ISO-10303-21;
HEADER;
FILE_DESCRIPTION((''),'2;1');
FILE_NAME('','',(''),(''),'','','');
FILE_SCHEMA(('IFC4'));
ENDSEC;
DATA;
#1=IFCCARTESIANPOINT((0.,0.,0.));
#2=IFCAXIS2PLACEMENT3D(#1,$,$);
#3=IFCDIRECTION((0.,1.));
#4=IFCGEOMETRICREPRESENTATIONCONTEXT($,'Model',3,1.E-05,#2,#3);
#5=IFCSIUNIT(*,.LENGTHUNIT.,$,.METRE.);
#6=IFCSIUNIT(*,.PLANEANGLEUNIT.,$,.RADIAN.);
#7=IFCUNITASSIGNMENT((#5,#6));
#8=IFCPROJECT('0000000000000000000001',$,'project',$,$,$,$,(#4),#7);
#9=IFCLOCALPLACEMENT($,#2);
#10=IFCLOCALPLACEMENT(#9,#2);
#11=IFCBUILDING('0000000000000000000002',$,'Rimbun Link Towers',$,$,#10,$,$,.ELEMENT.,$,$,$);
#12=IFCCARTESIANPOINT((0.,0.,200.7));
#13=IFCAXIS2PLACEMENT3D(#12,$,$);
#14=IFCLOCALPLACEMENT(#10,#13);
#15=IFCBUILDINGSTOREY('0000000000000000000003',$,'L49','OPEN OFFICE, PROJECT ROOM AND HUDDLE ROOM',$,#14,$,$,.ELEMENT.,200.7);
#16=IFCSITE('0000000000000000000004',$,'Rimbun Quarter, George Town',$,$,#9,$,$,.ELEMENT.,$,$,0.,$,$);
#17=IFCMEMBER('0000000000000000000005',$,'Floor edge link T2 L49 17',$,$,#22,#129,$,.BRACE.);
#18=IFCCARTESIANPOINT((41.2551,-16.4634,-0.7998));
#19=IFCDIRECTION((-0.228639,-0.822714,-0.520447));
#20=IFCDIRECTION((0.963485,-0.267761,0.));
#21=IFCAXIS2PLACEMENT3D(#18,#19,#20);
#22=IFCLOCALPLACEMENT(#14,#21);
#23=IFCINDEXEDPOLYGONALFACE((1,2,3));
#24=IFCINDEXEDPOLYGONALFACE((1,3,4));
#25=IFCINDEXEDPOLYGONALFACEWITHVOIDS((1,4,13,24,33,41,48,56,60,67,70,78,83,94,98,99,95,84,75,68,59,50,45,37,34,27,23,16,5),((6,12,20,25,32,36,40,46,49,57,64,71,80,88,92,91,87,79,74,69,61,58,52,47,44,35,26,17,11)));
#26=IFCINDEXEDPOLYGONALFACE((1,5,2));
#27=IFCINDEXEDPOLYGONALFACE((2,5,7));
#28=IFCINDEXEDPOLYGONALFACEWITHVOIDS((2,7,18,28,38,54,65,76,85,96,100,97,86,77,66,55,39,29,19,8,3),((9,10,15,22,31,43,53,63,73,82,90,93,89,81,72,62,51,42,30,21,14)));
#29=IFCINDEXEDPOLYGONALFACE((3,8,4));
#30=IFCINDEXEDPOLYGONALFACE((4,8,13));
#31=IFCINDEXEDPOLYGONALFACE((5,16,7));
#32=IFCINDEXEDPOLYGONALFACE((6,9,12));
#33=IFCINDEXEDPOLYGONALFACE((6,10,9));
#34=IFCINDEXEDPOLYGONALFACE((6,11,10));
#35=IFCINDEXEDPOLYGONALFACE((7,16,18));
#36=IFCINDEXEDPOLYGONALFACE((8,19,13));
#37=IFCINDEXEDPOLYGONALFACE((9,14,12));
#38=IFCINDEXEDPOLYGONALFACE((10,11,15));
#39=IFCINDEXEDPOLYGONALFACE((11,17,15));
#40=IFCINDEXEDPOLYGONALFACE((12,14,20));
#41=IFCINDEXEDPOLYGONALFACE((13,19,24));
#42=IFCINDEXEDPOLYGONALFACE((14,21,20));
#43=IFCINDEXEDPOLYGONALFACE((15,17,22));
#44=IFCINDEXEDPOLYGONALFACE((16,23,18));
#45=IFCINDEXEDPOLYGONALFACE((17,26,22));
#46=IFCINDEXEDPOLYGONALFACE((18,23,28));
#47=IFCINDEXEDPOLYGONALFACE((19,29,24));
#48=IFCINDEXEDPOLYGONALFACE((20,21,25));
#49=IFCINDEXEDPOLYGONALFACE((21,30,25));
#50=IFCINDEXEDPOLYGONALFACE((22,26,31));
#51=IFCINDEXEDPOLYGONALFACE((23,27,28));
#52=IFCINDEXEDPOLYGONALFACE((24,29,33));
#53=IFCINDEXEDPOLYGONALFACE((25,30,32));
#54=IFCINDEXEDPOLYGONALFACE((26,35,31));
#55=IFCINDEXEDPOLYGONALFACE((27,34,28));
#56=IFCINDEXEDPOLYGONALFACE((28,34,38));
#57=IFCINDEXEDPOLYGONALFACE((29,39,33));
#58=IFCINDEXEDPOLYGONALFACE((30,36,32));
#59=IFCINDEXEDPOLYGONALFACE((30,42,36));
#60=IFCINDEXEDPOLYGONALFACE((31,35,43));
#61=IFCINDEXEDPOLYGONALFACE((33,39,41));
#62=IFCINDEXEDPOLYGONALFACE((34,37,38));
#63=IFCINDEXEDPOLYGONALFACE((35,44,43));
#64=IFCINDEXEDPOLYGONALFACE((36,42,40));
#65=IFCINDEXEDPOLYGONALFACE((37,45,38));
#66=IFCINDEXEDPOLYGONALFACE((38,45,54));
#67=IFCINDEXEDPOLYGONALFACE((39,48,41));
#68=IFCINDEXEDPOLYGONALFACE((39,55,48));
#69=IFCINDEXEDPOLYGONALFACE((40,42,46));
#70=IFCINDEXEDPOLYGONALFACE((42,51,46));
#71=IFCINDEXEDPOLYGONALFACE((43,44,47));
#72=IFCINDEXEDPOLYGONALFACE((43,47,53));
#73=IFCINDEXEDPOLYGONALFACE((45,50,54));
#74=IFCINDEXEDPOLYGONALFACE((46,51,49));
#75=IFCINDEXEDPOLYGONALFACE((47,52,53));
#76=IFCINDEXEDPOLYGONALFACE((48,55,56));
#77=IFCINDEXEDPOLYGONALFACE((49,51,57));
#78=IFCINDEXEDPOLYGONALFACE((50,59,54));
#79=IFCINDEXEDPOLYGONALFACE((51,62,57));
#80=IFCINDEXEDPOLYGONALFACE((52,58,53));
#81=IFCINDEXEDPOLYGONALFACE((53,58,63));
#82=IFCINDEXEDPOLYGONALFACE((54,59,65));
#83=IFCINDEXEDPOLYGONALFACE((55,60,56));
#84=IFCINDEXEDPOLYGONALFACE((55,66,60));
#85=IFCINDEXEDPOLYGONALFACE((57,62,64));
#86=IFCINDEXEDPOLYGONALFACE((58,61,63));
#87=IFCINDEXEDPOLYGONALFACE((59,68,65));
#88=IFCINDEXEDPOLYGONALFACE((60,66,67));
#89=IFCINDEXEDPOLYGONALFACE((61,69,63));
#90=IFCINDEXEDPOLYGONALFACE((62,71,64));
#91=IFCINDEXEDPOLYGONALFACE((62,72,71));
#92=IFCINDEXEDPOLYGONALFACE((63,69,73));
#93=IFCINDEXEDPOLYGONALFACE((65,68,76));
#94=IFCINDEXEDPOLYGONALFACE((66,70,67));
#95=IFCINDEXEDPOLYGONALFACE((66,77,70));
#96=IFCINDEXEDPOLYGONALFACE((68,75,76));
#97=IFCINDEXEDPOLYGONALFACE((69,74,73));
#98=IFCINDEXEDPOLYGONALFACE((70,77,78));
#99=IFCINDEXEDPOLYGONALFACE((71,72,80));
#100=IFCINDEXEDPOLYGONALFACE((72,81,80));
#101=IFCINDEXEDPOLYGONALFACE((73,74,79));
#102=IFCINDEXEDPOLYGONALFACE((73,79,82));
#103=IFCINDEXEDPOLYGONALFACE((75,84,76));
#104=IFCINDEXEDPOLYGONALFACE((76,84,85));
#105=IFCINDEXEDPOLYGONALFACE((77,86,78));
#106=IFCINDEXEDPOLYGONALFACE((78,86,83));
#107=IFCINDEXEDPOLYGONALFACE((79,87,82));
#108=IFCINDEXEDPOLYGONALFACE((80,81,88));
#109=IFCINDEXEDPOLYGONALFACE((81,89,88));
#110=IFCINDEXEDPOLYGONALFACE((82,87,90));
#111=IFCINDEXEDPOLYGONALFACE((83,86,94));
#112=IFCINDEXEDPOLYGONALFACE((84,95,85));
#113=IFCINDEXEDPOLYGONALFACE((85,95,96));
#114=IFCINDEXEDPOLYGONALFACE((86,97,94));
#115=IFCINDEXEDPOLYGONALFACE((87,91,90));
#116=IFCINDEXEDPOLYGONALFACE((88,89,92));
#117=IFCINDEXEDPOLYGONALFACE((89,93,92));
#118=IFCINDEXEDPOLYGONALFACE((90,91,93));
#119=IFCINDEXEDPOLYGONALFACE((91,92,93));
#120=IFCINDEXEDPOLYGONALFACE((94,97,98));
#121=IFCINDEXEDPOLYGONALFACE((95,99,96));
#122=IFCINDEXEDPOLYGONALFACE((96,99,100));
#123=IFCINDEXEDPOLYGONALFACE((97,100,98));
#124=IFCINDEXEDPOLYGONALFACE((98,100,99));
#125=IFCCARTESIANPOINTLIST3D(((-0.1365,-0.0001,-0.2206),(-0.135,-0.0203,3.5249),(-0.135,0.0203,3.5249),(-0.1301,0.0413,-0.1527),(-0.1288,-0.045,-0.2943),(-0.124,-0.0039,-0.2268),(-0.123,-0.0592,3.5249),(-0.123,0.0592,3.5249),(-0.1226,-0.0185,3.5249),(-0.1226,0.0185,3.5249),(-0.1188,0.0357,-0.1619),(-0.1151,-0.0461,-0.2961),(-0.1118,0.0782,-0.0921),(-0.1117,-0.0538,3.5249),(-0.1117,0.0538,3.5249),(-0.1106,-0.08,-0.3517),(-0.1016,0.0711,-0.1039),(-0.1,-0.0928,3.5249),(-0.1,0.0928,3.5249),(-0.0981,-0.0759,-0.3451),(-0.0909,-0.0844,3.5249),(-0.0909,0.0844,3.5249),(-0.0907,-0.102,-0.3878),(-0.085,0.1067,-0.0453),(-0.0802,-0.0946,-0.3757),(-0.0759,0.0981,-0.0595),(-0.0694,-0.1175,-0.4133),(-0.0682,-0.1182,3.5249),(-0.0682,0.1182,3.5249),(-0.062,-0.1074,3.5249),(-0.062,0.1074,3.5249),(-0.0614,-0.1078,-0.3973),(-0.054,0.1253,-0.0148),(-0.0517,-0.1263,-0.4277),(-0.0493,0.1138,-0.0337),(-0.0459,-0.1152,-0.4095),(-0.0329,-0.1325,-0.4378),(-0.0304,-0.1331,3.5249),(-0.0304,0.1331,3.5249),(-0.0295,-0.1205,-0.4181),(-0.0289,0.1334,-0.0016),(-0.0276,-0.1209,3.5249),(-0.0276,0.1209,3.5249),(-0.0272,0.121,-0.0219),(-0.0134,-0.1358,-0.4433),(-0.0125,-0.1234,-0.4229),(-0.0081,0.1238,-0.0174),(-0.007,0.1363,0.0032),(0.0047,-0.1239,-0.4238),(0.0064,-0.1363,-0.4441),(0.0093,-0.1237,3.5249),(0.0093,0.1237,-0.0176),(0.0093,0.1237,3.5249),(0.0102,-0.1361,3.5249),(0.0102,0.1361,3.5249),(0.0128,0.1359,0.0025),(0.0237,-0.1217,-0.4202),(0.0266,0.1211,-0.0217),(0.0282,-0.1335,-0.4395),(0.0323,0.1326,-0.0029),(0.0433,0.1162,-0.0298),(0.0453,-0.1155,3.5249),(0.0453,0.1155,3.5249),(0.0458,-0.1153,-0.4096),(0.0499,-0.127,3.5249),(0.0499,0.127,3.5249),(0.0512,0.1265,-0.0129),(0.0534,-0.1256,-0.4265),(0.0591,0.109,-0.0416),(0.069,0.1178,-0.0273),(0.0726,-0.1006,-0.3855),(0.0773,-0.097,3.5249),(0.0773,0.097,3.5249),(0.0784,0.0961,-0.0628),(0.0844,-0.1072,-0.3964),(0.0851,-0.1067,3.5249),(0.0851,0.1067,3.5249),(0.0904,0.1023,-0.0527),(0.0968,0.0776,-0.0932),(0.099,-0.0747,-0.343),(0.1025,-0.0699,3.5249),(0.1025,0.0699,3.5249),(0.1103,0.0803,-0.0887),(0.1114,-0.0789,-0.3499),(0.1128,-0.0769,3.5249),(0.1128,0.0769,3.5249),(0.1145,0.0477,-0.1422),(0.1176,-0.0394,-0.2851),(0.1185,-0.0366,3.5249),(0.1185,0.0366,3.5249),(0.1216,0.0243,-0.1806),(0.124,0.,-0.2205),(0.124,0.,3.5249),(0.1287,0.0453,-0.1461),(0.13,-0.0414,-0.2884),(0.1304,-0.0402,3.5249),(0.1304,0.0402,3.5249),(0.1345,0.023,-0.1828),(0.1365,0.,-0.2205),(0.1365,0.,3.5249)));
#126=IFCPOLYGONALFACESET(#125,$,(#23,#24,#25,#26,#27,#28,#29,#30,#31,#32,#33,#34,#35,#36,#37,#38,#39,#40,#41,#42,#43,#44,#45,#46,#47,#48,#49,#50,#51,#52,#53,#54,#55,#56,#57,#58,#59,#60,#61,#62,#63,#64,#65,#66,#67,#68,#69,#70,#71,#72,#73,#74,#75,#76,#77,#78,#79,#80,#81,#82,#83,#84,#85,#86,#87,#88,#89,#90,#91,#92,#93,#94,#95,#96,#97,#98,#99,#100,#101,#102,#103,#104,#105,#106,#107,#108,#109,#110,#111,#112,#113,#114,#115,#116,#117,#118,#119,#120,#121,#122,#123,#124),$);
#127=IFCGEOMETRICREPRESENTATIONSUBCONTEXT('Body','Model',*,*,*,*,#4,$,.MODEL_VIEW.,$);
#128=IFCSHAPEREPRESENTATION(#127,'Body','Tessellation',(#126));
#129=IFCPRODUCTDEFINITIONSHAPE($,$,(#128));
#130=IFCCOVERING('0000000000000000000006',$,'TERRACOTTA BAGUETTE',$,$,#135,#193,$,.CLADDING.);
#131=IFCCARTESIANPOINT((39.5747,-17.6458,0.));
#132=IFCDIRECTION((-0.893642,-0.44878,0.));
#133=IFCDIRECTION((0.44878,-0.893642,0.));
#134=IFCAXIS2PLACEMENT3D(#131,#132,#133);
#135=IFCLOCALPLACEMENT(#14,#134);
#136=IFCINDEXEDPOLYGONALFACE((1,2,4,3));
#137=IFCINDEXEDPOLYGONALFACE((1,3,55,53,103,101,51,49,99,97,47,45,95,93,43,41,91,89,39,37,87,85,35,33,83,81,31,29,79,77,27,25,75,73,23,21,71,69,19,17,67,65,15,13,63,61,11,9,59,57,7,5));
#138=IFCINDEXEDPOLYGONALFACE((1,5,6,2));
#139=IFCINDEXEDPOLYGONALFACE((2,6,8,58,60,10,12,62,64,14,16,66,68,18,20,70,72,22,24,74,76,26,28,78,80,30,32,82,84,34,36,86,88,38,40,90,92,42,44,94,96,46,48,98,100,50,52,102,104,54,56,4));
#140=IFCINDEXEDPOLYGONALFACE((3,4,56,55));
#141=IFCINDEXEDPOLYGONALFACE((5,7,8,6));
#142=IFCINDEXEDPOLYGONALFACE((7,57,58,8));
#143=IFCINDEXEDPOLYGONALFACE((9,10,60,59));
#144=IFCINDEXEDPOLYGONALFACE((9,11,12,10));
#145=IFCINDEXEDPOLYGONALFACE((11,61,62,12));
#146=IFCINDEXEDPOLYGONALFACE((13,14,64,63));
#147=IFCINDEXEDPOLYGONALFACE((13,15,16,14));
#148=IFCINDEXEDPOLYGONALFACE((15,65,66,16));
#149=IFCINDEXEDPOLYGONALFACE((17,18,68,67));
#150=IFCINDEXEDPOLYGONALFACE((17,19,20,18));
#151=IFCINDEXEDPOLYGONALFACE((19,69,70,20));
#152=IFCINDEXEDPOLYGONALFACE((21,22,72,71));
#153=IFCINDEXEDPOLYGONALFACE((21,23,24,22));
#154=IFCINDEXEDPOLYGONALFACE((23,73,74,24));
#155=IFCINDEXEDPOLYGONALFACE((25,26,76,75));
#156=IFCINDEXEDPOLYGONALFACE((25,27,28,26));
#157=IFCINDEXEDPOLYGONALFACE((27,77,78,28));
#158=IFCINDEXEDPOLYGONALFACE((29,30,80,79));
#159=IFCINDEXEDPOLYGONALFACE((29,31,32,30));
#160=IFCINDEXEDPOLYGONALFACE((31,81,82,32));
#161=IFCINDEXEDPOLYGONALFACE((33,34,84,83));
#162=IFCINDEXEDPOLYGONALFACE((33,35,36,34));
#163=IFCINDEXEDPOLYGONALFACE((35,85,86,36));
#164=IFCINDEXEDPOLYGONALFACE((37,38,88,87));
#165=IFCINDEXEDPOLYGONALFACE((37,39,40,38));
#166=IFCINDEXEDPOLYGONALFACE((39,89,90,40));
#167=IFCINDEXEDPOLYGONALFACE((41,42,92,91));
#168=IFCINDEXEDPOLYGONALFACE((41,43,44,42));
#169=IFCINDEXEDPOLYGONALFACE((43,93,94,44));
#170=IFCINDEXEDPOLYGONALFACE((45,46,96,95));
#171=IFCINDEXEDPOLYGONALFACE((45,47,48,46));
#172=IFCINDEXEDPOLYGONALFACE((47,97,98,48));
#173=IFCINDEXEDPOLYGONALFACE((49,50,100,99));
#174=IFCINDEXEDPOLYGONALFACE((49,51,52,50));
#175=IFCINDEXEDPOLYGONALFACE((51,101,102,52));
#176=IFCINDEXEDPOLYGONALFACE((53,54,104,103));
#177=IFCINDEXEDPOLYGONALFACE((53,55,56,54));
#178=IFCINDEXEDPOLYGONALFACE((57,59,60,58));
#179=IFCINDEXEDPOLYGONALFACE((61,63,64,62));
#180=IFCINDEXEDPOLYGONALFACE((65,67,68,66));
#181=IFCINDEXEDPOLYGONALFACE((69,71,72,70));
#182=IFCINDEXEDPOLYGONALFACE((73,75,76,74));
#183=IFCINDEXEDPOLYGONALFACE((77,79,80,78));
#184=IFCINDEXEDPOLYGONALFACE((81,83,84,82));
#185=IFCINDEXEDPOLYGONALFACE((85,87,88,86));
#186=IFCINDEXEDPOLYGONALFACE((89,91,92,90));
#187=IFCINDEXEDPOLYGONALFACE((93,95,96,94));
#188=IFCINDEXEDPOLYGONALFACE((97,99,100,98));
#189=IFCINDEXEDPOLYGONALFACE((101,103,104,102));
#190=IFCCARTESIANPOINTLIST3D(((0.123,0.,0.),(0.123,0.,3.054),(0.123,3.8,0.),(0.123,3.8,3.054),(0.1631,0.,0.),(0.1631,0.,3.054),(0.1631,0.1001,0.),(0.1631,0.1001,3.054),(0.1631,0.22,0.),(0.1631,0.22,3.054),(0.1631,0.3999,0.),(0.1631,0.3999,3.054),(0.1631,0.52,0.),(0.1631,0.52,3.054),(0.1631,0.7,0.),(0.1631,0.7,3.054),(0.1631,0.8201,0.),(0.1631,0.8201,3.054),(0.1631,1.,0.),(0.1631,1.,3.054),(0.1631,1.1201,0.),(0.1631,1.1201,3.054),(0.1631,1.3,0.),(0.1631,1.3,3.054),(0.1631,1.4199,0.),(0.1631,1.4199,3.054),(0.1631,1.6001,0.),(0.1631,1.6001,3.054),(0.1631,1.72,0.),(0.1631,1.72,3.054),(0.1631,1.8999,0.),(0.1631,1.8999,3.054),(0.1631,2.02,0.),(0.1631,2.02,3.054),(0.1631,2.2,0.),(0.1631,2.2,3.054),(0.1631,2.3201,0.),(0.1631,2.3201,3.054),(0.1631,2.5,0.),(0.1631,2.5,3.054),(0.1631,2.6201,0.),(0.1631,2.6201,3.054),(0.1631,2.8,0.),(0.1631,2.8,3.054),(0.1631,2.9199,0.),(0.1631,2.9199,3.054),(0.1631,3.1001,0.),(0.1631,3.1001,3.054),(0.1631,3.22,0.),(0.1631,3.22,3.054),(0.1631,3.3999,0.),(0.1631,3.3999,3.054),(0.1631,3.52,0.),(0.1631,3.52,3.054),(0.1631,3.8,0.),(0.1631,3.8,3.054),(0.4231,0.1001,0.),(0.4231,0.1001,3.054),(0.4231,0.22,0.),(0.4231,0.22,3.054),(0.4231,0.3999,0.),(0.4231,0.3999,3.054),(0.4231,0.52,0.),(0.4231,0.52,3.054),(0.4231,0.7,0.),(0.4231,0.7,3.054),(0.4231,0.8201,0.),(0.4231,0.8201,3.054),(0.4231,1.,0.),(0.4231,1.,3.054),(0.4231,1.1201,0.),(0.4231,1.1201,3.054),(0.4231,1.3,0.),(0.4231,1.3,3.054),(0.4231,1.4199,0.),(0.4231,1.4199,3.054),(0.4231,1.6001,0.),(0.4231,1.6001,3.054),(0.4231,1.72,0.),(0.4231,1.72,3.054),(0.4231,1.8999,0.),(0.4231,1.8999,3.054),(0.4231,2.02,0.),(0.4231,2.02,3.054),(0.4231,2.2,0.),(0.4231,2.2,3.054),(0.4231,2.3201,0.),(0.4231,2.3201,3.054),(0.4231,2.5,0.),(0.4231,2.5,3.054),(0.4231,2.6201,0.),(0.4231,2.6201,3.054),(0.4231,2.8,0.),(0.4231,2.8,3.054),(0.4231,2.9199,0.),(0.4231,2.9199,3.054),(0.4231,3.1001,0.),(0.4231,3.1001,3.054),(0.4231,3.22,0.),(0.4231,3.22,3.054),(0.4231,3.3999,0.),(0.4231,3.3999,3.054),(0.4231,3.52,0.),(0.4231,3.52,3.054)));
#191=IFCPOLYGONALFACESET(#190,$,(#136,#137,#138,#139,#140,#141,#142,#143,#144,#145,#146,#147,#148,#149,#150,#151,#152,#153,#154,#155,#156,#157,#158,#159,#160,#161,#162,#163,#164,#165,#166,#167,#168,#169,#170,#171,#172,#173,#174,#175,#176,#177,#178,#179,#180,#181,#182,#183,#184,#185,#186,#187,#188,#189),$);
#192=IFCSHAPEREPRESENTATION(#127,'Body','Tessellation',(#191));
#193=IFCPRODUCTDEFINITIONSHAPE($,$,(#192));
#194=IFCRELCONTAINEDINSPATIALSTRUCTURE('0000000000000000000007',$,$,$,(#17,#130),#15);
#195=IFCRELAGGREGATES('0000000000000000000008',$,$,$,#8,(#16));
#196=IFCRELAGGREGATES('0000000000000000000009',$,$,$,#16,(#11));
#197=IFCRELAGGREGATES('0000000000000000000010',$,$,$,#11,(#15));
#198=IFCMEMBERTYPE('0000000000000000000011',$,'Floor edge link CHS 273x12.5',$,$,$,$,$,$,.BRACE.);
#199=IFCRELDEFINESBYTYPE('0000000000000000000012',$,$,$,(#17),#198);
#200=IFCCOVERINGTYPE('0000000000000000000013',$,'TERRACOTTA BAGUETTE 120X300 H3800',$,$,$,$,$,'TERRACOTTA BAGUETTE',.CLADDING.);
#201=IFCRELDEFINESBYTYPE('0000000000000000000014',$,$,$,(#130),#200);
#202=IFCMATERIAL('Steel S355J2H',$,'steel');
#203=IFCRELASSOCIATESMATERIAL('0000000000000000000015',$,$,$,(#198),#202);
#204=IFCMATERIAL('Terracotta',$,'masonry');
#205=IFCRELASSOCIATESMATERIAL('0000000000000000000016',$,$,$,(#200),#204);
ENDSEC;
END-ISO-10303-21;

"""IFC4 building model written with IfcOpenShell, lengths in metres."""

from ifc_helpers import new_model, si_unit, direction, frame, origin, origin_2d, place, context, subcontext, project, spatial, polyline, hollow_circle, outline, extrude, clip, halfspace, material, material_profile, profile_set, type_object, element, save


model = new_model("IFC4")

# Units and contexts
model_context = context("Model", 3, precision=1e-05, world=origin(), true_north=direction((0.0, 1.0)))
body_context = subcontext(model_context, "Body", "Model", "MODEL_VIEW")
ifc_project = project(units=[si_unit("LENGTHUNIT", "METRE"), si_unit("PLANEANGLEUNIT", "RADIAN")], contexts=[model_context])

# Site, building, storey
site_placement = place(None, origin())
site = spatial("IfcSite", under=ifc_project, at=site_placement, Name="Rimbun Quarter, George Town", CompositionType="ELEMENT", RefElevation=0.0)
building_placement = place(site_placement, origin())
building = spatial("IfcBuilding", under=site, at=building_placement, Name="Rimbun Link Towers", CompositionType="ELEMENT")
storey_placement = place(building_placement, frame((0.0, 0.0, 200.7)))
storey = spatial("IfcBuildingStorey", under=building, at=storey_placement, Name="L49", Description="OPEN OFFICE, PROJECT ROOM AND HUDDLE ROOM", CompositionType="ELEMENT", Elevation=200.7)

# Member
ifc_material_1 = material(Name="Steel S355J2H", Category="steel")
ifc_material_profile_1 = material_profile(ifc_material_1, hollow_circle(Radius=0.1365, WallThickness=0.0125, at=origin_2d()), Name="CHS 273x12.5")
ifc_profile_set_1 = profile_set([ifc_material_profile_1], Name="Steel S355J2H")
member_type_1 = type_object("IfcMemberType", Name="Floor edge link CHS 273x12.5", PredefinedType="BRACE", material=ifc_profile_set_1)
member_1_placement = place(storey_placement, frame((41.2551, -16.4634, -0.7998), z_axis=(-0.228639, -0.822714, -0.520447), x_axis=(0.963485, -0.267761, 0.0)))
element("IfcMember", 1, at=member_1_placement, inside=storey, type_object=member_type_1, Name="Floor edge link T2 L49 17", PredefinedType="BRACE", context=body_context, shape_type="Clipping", body=[
    clip(extrude(hollow_circle(Radius=0.1365, WallThickness=0.0125, at=origin_2d()), frame((0.0, 0.0, -0.467)), (0.0, 0.0, 1.0), 3.9919), halfspace(frame((0.0, 0.0, -0.2205), z_axis=(0.0, 0.853894, -0.520447)), False)),
])

# Covering
ifc_material_2 = material(Name="Terracotta", Category="masonry")
ifc_material_profile_2 = material_profile(ifc_material_2, outline(polyline([(0.123, 0.0), (0.1631, 0.0), (0.1631, 0.1001), (0.4231, 0.1001), (0.4231, 0.22), (0.1631, 0.22), (0.1631, 0.3999), (0.4231, 0.3999), (0.4231, 0.52), (0.1631, 0.52), (0.1631, 0.7), (0.4231, 0.7), (0.4231, 0.8201), (0.1631, 0.8201), (0.1631, 1.0), (0.4231, 1.0), (0.4231, 1.1201), (0.1631, 1.1201), (0.1631, 1.3), (0.4231, 1.3), (0.4231, 1.4199), (0.1631, 1.4199), (0.1631, 1.6001), (0.4231, 1.6001), (0.4231, 1.72), (0.1631, 1.72), (0.1631, 1.8999), (0.4231, 1.8999), (0.4231, 2.02), (0.1631, 2.02), (0.1631, 2.2), (0.4231, 2.2), (0.4231, 2.3201), (0.1631, 2.3201), (0.1631, 2.5), (0.4231, 2.5), (0.4231, 2.6201), (0.1631, 2.6201), (0.1631, 2.8), (0.4231, 2.8), (0.4231, 2.9199), (0.1631, 2.9199), (0.1631, 3.1001), (0.4231, 3.1001), (0.4231, 3.22), (0.1631, 3.22), (0.1631, 3.3999), (0.4231, 3.3999), (0.4231, 3.52), (0.1631, 3.52), (0.1631, 3.8), (0.123, 3.8), (0.123, 0.0)])), Name="BAGUETTE 120X300")
ifc_profile_set_2 = profile_set([ifc_material_profile_2], Name="Terracotta")
covering_type = type_object("IfcCoveringType", Name="TERRACOTTA BAGUETTE 120X300 H3800", ElementType="TERRACOTTA BAGUETTE", PredefinedType="CLADDING", material=ifc_profile_set_2)
covering_placement = place(storey_placement, frame((39.5747, -17.6458, 0.0), z_axis=(-0.893642, -0.44878, 0.0), x_axis=(0.44878, -0.893642, 0.0)))
element("IfcCovering", 2, at=covering_placement, inside=storey, type_object=covering_type, Name="TERRACOTTA BAGUETTE", PredefinedType="CLADDING", context=body_context, shape_type="SweptSolid", body=[
    extrude(outline(polyline([(0.123, 0.0), (0.1631, 0.0), (0.1631, 0.1001), (0.4231, 0.1001), (0.4231, 0.22), (0.1631, 0.22), (0.1631, 0.3999), (0.4231, 0.3999), (0.4231, 0.52), (0.1631, 0.52), (0.1631, 0.7), (0.4231, 0.7), (0.4231, 0.8201), (0.1631, 0.8201), (0.1631, 1.0), (0.4231, 1.0), (0.4231, 1.1201), (0.1631, 1.1201), (0.1631, 1.3), (0.4231, 1.3), (0.4231, 1.4199), (0.1631, 1.4199), (0.1631, 1.6001), (0.4231, 1.6001), (0.4231, 1.72), (0.1631, 1.72), (0.1631, 1.8999), (0.4231, 1.8999), (0.4231, 2.02), (0.1631, 2.02), (0.1631, 2.2), (0.4231, 2.2), (0.4231, 2.3201), (0.1631, 2.3201), (0.1631, 2.5), (0.4231, 2.5), (0.4231, 2.6201), (0.1631, 2.6201), (0.1631, 2.8), (0.4231, 2.8), (0.4231, 2.9199), (0.1631, 2.9199), (0.1631, 3.1001), (0.4231, 3.1001), (0.4231, 3.22), (0.1631, 3.22), (0.1631, 3.3999), (0.4231, 3.3999), (0.4231, 3.52), (0.1631, 3.52), (0.1631, 3.8), (0.123, 3.8), (0.123, 0.0)])), origin(), (0.0, 0.0, 1.0), 3.054),
])

save(model, "model.ifc")
